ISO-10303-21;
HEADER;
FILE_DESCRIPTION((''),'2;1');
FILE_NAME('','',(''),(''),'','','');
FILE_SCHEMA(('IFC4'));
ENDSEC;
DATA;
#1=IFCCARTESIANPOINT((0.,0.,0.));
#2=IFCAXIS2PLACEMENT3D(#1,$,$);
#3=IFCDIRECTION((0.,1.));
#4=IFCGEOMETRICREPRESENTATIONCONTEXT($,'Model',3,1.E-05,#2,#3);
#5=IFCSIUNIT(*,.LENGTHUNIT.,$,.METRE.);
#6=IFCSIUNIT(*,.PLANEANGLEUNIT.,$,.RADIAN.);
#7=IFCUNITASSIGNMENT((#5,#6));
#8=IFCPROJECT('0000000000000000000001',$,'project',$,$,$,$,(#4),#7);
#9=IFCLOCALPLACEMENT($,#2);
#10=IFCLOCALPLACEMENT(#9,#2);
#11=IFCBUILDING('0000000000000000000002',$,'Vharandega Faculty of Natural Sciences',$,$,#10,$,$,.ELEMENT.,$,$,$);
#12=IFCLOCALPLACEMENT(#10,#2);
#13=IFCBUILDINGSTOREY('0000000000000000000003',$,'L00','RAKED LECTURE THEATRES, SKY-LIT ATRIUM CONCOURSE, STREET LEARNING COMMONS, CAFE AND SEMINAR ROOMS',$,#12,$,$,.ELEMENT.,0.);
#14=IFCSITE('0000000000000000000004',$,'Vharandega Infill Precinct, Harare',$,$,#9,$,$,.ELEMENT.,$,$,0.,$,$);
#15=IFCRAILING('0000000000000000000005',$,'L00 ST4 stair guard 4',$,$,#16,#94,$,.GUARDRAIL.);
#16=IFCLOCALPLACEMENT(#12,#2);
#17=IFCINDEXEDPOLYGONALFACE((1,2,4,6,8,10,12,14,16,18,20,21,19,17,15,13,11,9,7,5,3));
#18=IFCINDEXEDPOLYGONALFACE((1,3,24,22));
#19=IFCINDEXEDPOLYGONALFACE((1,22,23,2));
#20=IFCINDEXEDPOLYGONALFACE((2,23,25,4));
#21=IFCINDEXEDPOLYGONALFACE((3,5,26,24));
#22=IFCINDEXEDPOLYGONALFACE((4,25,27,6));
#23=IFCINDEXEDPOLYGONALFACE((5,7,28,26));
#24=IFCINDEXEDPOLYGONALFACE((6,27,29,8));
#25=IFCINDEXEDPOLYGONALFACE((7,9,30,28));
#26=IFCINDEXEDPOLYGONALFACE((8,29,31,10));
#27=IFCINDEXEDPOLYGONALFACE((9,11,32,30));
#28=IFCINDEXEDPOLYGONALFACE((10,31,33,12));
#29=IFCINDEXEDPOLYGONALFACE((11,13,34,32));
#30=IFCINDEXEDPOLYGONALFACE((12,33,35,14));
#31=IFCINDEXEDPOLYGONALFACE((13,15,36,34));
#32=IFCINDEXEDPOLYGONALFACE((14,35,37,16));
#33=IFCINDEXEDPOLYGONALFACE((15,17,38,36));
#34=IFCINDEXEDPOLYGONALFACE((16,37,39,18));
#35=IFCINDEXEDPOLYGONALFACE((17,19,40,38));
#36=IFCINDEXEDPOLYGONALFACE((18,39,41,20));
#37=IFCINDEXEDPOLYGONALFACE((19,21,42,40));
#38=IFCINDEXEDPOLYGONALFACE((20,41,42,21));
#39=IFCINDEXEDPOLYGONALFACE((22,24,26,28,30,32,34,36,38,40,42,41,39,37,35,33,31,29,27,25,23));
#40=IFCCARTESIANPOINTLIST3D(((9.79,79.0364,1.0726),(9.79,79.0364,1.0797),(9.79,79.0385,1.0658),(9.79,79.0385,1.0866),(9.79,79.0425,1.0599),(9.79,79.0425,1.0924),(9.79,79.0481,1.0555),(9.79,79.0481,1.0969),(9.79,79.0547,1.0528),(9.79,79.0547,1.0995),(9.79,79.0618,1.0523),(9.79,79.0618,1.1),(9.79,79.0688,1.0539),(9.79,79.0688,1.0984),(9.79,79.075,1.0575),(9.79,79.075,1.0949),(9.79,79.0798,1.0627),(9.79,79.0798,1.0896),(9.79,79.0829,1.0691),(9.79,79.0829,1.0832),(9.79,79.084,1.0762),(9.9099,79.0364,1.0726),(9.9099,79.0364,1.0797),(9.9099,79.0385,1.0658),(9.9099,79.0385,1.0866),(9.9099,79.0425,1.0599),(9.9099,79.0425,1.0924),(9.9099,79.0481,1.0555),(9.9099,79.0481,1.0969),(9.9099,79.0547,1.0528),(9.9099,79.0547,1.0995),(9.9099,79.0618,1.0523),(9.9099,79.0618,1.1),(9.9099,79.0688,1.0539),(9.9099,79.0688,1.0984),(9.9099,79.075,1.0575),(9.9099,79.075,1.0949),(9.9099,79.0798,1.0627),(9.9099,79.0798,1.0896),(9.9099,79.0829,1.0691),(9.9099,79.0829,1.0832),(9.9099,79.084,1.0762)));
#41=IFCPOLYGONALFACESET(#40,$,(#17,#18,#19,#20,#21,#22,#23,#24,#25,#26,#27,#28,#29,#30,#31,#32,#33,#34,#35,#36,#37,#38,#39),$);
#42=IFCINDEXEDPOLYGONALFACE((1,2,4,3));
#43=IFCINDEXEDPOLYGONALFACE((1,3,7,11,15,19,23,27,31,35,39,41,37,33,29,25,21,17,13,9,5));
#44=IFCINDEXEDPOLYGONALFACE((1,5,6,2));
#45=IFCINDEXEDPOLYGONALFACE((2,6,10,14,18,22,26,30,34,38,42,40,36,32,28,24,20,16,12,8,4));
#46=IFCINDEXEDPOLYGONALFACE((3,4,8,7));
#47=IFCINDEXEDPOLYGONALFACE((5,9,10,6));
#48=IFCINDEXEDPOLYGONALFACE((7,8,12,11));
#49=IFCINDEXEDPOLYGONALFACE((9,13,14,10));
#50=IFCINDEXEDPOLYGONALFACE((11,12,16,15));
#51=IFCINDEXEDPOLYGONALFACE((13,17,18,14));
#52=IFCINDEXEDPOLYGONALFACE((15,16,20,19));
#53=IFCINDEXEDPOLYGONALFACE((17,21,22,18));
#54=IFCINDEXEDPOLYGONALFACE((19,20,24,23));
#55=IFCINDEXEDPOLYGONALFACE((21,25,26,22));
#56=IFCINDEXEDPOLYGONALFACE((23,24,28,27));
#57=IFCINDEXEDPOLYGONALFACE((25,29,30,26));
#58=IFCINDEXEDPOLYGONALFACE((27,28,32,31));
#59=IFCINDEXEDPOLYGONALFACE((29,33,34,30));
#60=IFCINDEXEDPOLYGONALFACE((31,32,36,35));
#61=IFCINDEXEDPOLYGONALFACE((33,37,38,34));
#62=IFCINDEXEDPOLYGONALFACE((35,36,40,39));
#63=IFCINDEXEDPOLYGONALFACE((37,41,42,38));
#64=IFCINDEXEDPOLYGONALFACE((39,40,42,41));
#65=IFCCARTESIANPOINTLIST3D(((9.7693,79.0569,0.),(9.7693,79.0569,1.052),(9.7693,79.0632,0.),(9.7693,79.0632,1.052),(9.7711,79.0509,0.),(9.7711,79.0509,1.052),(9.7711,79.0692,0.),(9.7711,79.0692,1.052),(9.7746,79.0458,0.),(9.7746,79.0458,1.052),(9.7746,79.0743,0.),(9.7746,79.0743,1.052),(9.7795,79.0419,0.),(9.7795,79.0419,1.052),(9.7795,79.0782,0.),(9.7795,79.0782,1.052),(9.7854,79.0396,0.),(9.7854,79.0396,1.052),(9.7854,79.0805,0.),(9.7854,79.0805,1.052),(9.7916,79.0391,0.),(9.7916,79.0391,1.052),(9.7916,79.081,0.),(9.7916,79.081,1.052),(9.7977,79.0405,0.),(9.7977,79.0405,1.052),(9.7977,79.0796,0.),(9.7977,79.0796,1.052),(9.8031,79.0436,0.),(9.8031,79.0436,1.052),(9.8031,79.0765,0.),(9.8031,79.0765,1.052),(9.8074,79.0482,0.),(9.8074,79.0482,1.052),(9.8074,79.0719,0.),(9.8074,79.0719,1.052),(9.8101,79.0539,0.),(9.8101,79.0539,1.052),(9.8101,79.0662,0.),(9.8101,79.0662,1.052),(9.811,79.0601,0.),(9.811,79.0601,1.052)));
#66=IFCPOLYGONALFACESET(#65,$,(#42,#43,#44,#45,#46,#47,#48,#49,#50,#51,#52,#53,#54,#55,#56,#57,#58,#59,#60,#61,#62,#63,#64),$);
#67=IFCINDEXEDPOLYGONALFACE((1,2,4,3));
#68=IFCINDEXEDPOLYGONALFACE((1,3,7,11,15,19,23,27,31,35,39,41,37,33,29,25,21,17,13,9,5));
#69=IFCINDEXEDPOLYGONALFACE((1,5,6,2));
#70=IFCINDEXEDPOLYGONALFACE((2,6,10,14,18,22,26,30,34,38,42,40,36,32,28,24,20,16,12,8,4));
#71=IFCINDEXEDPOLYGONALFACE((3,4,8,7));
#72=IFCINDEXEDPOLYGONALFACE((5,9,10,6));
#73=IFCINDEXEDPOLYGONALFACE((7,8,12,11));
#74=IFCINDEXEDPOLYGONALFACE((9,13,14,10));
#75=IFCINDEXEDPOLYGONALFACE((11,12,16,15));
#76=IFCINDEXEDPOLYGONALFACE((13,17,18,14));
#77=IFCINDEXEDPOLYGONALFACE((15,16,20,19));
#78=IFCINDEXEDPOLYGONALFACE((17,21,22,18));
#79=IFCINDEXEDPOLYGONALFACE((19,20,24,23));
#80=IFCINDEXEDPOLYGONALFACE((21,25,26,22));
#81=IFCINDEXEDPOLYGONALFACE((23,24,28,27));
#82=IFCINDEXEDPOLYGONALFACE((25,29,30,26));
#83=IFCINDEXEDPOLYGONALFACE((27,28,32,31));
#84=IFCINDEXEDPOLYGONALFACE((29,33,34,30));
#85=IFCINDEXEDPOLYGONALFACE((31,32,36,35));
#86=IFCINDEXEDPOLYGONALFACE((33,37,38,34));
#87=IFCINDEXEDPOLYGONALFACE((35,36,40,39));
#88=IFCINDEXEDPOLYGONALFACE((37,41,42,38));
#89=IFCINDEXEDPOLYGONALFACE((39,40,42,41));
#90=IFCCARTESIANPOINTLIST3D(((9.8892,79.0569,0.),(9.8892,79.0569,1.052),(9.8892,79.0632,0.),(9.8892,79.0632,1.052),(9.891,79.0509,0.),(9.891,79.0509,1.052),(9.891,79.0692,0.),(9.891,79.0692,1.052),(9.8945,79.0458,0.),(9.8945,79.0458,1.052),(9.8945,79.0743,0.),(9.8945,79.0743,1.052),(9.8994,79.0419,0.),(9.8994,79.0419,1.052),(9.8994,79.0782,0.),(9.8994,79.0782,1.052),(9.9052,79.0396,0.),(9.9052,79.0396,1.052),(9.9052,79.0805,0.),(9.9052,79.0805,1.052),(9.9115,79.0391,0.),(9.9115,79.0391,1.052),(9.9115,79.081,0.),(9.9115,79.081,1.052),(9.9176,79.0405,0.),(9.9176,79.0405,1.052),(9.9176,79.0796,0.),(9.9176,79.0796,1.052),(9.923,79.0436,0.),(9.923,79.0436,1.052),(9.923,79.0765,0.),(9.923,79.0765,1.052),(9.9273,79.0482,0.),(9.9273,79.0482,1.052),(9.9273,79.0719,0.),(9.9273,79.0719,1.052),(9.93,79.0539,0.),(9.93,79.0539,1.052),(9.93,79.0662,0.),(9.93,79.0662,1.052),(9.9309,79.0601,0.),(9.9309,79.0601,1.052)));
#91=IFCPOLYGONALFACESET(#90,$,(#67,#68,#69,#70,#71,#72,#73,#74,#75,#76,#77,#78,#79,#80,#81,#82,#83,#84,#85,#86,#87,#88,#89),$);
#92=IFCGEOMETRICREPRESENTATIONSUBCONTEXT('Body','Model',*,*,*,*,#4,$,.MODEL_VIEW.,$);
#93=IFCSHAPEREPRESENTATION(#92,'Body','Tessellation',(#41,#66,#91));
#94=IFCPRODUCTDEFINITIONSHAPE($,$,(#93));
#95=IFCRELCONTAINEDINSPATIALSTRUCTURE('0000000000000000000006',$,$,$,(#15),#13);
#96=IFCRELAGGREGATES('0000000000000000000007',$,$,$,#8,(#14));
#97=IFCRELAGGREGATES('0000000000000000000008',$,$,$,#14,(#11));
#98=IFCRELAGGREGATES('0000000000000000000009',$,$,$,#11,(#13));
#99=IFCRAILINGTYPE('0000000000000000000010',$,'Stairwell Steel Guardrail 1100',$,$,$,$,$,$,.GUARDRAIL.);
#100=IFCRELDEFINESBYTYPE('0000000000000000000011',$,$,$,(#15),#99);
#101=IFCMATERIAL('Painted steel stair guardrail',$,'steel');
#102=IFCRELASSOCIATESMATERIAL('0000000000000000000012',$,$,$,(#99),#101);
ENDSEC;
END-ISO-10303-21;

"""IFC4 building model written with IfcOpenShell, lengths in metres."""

from ifc_helpers import new_model, si_unit, direction, frame, origin, origin_2d, place, context, subcontext, project, spatial, circle, extrude, material, type_object, element, save


model = new_model("IFC4")

# Units and contexts
model_context = context("Model", 3, precision=1e-05, world=origin(), true_north=direction((0.0, 1.0)))
body_context = subcontext(model_context, "Body", "Model", "MODEL_VIEW")
ifc_project = project(units=[si_unit("LENGTHUNIT", "METRE"), si_unit("PLANEANGLEUNIT", "RADIAN")], contexts=[model_context])

# Site, building, storey
site_placement = place(None, origin())
site = spatial("IfcSite", under=ifc_project, at=site_placement, Name="Vharandega Infill Precinct, Harare", CompositionType="ELEMENT", RefElevation=0.0)
building_placement = place(site_placement, origin())
building = spatial("IfcBuilding", under=site, at=building_placement, Name="Vharandega Faculty of Natural Sciences", CompositionType="ELEMENT")
storey_placement = place(building_placement, origin())
storey = spatial("IfcBuildingStorey", under=building, at=storey_placement, Name="L00", Description="RAKED LECTURE THEATRES, SKY-LIT ATRIUM CONCOURSE, STREET LEARNING COMMONS, CAFE AND SEMINAR ROOMS", CompositionType="ELEMENT", Elevation=0.0)

# Railing
ifc_material_1 = material(Name="Painted steel stair guardrail", Category="steel")
railing_type_1 = type_object("IfcRailingType", Name="Stairwell Steel Guardrail 1100", PredefinedType="GUARDRAIL", material=ifc_material_1)
railing_1_placement = place(storey_placement, frame((9.79, 79.0601, 0.0)))
element("IfcRailing", 1, at=railing_1_placement, inside=storey, type_object=railing_type_1, Name="L00 ST4 stair guard 4", PredefinedType="GUARDRAIL", context=body_context, shape_type="SweptSolid", body=[
    extrude(circle(Radius=0.0239, at=origin_2d()), frame((0.0, 0.0, 1.0762), z_axis=(1.0, 0.0, 0.0), x_axis=(0.0, 1.0, 0.0)), (0.0, 0.0, 1.0), 0.1199),
    extrude(circle(Radius=0.021, at=origin_2d()), origin(), (0.0, 0.0, 1.0), 1.052),
    extrude(circle(Radius=0.021, at=origin_2d()), frame((0.1199, 0.0, 0.0)), (0.0, 0.0, 1.0), 1.052),
])

save(model, "model.ifc")
